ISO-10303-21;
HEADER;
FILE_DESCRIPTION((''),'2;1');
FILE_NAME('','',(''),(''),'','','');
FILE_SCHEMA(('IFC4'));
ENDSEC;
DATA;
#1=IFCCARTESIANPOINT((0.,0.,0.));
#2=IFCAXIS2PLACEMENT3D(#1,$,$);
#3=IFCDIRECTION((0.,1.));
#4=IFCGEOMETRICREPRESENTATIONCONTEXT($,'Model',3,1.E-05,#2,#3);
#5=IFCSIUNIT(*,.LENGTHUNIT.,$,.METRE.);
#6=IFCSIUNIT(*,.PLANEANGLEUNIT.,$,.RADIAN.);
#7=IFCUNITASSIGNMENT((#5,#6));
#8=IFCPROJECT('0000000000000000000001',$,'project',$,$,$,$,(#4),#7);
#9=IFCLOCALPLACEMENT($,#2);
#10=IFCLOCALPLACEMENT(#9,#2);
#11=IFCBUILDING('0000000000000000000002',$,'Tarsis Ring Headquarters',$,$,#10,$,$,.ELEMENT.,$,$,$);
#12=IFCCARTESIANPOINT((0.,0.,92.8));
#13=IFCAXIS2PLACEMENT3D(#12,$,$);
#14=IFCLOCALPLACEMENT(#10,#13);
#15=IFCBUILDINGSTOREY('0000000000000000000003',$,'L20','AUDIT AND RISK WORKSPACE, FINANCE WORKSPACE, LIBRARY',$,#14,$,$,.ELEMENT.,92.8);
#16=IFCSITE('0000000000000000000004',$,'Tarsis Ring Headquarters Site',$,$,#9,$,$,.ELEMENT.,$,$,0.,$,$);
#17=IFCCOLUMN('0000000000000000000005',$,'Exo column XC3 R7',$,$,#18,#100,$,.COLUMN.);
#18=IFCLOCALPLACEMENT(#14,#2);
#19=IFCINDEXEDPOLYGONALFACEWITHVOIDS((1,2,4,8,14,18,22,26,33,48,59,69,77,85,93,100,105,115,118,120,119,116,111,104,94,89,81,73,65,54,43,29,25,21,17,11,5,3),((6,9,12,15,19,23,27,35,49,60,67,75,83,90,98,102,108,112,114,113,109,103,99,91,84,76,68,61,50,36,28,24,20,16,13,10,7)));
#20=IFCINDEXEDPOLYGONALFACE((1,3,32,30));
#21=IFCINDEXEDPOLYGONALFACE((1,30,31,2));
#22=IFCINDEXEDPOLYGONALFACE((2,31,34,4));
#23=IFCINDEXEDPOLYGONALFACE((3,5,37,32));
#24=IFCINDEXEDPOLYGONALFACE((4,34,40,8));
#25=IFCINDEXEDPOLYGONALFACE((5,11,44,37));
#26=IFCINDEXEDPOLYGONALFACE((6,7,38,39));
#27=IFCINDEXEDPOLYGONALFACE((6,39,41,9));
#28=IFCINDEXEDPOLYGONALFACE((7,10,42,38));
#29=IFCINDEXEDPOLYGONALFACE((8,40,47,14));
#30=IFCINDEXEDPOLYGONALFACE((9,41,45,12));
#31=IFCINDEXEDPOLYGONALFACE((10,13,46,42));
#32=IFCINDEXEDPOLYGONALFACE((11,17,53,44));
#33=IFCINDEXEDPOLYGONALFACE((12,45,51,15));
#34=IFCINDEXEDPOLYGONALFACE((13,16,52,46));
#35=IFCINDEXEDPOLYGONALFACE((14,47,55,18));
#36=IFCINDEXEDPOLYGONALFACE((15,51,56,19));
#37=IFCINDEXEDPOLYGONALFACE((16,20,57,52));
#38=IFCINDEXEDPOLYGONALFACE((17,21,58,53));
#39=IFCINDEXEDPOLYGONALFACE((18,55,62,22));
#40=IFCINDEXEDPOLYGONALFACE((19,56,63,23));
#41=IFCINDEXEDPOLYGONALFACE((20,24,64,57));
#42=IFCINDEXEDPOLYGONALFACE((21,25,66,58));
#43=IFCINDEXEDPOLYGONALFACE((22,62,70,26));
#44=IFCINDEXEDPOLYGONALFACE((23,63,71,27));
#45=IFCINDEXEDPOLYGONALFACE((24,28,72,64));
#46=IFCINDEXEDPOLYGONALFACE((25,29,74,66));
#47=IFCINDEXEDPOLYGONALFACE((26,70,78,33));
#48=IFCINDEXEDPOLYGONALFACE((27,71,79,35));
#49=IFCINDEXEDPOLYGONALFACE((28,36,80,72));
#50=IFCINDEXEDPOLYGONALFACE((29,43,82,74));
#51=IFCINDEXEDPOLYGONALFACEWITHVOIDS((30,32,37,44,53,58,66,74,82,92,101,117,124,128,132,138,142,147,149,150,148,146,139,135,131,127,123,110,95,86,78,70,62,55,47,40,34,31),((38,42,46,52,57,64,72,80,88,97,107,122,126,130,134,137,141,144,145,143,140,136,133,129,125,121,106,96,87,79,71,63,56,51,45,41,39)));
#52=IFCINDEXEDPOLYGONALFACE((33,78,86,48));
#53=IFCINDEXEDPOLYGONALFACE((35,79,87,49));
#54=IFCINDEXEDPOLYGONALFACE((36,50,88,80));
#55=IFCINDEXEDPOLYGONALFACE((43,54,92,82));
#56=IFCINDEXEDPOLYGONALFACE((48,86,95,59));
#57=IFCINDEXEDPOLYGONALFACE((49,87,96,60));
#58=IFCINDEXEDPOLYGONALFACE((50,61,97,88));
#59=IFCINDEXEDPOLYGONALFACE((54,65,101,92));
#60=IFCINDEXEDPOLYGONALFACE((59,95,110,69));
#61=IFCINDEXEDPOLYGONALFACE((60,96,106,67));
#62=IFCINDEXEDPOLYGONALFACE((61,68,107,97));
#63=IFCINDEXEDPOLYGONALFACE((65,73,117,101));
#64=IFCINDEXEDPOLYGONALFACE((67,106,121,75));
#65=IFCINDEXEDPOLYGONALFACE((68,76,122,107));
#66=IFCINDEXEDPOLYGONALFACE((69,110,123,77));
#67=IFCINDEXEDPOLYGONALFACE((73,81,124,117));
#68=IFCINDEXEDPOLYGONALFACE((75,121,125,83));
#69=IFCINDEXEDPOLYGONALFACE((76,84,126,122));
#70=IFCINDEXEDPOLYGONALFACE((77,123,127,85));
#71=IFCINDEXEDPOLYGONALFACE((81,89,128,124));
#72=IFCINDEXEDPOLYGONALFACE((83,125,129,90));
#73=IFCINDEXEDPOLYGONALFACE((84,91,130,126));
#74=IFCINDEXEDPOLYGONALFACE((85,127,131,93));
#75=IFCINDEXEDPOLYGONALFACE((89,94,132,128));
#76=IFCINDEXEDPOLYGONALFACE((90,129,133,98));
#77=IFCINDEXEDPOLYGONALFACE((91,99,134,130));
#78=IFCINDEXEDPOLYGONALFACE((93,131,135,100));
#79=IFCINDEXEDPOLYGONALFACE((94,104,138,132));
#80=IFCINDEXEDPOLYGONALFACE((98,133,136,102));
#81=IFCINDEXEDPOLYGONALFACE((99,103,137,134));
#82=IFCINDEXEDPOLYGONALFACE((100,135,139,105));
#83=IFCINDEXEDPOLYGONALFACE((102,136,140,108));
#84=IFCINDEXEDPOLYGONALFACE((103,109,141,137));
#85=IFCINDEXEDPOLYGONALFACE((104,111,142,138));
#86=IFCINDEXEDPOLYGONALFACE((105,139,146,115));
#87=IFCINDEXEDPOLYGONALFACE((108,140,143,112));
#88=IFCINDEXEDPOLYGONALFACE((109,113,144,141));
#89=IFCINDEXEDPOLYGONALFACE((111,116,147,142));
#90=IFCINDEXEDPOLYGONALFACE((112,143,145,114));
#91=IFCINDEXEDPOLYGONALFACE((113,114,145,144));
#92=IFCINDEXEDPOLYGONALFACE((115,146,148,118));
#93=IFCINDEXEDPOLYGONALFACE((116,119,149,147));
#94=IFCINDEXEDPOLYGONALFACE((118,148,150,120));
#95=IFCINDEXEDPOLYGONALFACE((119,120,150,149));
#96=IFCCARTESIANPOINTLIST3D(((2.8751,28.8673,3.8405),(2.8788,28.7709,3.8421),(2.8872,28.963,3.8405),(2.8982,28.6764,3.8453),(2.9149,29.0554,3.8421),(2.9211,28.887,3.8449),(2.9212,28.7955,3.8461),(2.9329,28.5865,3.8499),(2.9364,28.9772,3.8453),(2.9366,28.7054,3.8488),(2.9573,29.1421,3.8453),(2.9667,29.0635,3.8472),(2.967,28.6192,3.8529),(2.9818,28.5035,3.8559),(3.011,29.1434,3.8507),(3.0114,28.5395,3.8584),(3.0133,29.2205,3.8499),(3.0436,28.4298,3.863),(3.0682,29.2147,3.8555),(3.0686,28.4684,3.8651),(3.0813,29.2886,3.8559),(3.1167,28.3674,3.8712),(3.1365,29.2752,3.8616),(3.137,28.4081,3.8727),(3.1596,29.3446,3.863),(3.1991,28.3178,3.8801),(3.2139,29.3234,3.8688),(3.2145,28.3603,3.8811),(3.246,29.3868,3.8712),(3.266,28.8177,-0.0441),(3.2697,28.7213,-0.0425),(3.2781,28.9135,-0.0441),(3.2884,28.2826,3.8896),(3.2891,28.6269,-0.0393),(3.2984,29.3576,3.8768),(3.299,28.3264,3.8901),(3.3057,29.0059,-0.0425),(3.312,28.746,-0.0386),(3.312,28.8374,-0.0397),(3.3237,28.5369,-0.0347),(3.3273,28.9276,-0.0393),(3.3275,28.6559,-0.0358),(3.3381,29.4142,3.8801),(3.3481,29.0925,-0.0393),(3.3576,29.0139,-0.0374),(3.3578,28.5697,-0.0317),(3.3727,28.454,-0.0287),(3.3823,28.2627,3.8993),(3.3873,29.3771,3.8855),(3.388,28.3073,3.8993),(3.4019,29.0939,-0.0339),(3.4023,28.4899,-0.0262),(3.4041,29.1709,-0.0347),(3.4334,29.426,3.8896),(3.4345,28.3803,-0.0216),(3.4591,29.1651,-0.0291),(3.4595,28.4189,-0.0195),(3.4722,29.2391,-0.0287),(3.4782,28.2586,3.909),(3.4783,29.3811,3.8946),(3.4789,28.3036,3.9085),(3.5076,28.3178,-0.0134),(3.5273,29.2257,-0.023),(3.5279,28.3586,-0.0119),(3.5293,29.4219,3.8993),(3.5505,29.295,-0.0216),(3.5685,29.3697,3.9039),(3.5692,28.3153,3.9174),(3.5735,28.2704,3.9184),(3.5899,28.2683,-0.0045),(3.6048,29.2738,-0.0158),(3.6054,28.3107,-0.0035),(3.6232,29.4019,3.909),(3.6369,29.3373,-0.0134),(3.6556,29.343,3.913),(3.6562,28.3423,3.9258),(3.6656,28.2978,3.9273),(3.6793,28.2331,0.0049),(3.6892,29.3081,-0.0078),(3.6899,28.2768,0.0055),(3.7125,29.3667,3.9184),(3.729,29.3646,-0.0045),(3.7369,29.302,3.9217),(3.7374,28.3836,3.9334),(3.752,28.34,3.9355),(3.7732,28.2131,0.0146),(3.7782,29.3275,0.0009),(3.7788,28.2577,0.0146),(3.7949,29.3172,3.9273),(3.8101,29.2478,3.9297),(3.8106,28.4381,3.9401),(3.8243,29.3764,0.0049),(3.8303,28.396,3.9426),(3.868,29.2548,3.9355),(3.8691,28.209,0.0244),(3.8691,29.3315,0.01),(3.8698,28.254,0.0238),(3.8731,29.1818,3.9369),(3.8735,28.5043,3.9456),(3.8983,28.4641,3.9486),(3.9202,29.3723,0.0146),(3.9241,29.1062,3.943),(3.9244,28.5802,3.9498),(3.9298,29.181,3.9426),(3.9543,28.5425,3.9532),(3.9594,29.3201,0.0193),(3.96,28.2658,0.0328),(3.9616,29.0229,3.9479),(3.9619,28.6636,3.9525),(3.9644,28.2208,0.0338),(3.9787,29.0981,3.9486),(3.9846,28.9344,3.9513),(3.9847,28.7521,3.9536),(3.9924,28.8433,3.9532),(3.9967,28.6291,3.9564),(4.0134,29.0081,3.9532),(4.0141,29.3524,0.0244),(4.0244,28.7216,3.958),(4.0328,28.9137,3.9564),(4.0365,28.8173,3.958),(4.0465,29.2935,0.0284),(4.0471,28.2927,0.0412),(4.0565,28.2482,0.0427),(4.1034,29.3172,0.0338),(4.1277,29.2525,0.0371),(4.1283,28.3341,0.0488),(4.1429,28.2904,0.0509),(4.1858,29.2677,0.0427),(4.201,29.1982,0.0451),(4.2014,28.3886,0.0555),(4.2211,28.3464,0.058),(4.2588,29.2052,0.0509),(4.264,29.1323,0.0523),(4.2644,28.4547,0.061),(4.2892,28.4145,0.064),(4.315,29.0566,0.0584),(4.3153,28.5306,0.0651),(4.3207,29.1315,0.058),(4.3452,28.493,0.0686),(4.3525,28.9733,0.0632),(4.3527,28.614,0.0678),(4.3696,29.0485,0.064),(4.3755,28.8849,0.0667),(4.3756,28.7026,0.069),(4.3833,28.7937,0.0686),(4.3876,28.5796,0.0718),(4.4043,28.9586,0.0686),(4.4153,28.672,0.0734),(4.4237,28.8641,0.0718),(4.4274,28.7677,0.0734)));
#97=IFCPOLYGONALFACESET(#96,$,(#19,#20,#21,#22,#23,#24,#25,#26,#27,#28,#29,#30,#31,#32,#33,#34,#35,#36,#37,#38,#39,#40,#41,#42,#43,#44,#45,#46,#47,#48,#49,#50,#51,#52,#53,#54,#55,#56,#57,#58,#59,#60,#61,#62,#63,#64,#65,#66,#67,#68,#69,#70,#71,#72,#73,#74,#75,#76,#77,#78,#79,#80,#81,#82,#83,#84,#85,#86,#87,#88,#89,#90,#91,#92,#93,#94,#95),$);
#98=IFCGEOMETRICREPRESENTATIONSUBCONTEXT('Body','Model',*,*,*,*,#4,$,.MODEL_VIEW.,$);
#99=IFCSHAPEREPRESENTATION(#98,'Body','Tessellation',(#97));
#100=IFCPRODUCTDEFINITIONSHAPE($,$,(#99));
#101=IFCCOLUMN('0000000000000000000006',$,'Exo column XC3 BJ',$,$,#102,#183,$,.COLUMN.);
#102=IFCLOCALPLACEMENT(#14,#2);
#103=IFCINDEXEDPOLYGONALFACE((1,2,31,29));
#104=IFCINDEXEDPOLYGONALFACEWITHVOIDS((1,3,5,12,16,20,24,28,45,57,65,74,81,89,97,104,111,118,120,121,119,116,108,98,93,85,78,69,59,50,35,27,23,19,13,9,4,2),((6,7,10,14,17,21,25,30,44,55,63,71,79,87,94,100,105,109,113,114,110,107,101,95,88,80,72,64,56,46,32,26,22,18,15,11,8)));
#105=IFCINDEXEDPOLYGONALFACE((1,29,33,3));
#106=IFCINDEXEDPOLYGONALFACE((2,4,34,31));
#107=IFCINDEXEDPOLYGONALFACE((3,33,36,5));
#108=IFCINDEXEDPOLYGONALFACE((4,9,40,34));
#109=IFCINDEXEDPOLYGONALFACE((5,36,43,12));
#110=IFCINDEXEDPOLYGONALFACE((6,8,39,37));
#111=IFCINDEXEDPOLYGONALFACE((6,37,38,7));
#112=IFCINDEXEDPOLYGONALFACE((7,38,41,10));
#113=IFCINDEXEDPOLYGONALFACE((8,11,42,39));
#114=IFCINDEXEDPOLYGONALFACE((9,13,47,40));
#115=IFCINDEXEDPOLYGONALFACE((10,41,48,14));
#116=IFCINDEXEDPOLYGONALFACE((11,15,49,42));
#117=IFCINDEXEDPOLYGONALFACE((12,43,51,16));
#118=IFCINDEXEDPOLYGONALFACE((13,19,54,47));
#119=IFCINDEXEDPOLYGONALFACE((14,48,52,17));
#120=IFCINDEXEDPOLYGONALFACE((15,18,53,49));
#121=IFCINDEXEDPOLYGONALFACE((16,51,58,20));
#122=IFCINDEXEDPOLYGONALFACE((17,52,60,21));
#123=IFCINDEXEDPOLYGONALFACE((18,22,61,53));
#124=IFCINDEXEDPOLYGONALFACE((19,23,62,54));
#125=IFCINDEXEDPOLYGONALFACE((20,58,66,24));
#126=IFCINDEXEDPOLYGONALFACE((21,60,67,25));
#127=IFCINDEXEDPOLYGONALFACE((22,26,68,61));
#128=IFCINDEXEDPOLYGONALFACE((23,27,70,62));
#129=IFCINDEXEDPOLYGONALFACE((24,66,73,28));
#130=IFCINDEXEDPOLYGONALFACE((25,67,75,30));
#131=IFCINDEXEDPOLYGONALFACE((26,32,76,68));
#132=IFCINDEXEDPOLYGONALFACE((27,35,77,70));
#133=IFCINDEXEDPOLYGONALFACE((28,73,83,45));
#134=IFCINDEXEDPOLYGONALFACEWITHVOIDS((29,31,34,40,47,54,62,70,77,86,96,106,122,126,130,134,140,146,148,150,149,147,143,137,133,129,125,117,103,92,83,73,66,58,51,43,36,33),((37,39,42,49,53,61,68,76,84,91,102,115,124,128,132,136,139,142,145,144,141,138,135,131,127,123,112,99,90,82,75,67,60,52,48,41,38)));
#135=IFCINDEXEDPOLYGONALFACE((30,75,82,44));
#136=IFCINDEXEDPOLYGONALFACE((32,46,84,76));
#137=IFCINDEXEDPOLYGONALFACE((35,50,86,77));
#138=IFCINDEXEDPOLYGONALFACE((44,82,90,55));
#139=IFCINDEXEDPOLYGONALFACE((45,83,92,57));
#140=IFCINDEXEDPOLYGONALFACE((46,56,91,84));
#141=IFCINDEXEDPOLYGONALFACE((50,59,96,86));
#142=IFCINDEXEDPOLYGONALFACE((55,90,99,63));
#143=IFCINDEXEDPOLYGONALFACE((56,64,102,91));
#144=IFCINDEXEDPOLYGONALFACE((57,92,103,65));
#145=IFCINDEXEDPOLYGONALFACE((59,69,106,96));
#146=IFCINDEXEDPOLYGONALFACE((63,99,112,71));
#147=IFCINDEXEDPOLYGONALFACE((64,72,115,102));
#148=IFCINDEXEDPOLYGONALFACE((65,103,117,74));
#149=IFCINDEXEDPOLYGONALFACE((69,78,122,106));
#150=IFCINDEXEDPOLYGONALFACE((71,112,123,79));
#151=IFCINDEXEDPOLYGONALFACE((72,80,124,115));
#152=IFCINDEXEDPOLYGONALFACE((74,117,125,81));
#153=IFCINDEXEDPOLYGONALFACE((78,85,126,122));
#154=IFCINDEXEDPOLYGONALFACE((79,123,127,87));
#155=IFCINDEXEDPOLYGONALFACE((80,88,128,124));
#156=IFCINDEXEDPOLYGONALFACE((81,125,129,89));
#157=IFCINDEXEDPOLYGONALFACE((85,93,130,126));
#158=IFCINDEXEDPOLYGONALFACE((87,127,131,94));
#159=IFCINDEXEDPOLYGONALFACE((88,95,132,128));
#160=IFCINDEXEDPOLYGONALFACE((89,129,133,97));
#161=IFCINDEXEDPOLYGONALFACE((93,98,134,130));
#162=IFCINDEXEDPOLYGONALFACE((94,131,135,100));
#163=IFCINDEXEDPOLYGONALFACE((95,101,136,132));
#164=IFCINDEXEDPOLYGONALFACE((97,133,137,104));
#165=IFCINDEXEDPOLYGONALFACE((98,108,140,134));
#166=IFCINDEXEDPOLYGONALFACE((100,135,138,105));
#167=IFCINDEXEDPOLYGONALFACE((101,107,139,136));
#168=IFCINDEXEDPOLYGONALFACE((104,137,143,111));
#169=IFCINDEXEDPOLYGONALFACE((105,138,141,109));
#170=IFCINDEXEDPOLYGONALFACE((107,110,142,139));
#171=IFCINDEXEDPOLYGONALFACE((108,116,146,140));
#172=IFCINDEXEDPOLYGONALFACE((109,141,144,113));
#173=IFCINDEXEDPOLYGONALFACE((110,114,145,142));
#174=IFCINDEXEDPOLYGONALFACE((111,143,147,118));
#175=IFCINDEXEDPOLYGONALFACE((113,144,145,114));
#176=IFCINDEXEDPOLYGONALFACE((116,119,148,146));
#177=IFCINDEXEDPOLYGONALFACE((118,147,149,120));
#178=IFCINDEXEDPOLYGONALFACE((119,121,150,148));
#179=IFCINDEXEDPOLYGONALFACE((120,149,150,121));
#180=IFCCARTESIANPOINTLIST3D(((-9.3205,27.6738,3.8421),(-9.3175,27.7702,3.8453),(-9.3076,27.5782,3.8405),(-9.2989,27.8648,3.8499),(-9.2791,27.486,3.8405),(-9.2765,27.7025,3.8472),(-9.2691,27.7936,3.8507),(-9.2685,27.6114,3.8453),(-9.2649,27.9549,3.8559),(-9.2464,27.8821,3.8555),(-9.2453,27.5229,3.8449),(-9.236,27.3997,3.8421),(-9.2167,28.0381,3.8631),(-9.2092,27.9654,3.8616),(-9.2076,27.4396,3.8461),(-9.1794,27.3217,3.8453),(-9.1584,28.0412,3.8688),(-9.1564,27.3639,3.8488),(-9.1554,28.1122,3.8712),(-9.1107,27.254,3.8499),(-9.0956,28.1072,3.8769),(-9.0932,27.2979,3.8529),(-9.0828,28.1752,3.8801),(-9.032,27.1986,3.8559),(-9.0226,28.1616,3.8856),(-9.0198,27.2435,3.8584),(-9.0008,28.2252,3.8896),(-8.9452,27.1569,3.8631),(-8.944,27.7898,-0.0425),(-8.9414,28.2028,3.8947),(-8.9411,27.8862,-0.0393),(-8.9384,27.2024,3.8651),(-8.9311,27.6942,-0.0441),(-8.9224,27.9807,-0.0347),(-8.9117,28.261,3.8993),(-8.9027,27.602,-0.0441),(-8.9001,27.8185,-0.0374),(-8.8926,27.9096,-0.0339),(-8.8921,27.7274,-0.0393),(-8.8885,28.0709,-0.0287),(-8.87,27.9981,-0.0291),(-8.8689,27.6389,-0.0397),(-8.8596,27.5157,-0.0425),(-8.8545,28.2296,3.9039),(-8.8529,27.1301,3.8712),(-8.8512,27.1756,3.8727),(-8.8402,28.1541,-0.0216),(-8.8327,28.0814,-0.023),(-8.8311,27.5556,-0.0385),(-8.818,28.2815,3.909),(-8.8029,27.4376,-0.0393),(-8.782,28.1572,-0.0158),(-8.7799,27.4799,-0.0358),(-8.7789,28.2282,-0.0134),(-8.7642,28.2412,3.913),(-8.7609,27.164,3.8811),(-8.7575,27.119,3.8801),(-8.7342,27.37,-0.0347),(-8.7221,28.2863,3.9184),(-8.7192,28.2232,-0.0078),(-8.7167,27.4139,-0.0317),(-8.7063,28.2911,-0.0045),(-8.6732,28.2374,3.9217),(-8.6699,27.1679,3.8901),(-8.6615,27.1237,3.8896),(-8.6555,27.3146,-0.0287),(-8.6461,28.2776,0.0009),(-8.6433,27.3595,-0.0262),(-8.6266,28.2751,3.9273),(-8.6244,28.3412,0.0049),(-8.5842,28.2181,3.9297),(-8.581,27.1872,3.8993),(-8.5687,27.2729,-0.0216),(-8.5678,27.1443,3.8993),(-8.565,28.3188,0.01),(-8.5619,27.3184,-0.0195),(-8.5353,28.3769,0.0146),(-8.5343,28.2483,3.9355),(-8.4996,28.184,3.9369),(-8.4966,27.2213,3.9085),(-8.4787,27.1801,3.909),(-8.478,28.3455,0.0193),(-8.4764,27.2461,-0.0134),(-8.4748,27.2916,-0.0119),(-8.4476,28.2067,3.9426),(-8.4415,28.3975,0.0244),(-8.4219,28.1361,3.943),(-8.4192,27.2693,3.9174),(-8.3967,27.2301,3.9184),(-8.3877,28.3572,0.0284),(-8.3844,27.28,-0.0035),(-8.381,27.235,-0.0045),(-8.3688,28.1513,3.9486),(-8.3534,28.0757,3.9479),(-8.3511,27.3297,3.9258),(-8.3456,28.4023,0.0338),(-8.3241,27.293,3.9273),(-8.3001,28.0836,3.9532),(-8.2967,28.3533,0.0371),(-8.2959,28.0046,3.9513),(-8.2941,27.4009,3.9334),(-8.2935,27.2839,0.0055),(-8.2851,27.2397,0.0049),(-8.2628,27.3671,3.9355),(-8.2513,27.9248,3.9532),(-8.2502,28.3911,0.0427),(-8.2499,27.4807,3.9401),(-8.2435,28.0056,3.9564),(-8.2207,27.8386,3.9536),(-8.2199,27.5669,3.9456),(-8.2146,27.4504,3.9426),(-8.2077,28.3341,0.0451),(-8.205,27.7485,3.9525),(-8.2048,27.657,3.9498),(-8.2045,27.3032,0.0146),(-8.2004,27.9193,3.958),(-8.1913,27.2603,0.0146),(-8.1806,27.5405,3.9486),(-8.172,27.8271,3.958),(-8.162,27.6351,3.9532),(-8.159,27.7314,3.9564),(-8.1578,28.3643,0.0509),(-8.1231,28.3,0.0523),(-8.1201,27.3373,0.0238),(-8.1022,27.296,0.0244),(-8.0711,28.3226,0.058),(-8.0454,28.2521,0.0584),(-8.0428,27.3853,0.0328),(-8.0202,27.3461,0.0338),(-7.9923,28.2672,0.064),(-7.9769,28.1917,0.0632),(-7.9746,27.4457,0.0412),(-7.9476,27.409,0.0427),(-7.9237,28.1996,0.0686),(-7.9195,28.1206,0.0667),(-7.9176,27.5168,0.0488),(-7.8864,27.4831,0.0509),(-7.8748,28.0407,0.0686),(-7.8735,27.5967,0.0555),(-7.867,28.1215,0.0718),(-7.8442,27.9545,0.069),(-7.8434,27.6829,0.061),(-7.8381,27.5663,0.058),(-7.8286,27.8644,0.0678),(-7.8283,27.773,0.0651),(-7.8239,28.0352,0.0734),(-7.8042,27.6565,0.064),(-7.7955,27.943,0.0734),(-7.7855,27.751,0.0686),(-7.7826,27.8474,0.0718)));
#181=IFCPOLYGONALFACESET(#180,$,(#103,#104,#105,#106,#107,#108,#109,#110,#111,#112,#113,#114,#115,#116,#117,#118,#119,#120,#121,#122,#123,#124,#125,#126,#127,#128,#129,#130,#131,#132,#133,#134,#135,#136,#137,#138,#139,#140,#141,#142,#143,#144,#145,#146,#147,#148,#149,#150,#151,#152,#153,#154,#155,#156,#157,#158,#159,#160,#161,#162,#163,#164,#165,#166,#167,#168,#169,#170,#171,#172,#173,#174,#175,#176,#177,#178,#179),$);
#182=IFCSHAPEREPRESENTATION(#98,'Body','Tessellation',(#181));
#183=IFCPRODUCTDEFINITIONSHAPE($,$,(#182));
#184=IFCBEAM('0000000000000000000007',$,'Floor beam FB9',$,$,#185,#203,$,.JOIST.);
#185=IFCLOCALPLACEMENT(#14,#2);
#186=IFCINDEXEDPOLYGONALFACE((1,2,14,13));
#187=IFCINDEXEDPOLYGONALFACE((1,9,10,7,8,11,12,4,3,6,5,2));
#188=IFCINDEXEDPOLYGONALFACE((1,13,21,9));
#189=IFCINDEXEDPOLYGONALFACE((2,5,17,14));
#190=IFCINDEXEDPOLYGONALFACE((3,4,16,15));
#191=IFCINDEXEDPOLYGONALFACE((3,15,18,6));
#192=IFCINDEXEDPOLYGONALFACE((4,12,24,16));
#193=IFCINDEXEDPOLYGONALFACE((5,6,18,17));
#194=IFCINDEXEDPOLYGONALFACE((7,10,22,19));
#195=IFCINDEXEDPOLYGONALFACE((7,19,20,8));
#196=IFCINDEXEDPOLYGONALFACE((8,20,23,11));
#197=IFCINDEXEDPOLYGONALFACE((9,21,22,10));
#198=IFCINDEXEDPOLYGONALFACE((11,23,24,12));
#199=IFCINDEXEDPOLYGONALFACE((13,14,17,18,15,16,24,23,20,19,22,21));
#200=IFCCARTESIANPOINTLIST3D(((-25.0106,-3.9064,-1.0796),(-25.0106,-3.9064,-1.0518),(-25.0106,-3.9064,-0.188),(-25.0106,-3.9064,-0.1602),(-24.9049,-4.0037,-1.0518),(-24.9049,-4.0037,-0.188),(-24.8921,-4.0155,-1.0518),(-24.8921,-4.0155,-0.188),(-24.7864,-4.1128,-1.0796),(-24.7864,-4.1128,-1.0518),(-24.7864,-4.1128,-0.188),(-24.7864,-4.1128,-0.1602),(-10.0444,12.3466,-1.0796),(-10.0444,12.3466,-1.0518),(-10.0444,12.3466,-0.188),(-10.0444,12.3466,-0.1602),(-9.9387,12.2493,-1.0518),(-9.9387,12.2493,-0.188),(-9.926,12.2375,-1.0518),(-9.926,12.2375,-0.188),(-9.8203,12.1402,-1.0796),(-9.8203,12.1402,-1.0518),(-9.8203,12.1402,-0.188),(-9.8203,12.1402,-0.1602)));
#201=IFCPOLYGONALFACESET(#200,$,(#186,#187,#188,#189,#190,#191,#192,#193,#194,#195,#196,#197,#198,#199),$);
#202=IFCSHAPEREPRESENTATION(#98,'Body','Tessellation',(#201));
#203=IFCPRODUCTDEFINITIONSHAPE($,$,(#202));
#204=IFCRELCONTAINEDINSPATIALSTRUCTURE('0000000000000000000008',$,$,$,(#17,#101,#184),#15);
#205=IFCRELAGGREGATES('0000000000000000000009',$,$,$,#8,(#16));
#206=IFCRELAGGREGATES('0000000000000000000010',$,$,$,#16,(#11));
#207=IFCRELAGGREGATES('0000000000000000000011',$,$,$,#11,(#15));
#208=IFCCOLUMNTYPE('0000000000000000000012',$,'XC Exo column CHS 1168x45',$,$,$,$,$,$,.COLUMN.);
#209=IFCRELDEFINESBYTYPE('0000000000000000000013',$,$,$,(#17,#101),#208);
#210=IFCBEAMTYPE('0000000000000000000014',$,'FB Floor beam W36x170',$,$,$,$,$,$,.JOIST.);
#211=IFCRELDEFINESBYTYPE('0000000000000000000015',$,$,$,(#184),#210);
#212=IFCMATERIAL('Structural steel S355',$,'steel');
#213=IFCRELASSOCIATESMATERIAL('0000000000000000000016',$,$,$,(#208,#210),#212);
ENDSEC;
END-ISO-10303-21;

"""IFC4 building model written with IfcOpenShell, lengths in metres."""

from ifc_helpers import new_model, si_unit, direction, frame, origin, origin_2d, place, context, subcontext, project, spatial, hollow_circle, i_section, extrude, material, material_profile, profile_set, type_object, element, save


model = new_model("IFC4")

# Units and contexts
model_context = context("Model", 3, precision=1e-05, world=origin(), true_north=direction((0.0, 1.0)))
body_context = subcontext(model_context, "Body", "Model", "MODEL_VIEW")
ifc_project = project(units=[si_unit("LENGTHUNIT", "METRE"), si_unit("PLANEANGLEUNIT", "RADIAN")], contexts=[model_context])

# Site, building, storey
site_placement = place(None, origin())
site = spatial("IfcSite", under=ifc_project, at=site_placement, Name="Tarsis Ring Headquarters Site", CompositionType="ELEMENT", RefElevation=0.0)
building_placement = place(site_placement, origin())
building = spatial("IfcBuilding", under=site, at=building_placement, Name="Tarsis Ring Headquarters", CompositionType="ELEMENT")
storey_placement = place(building_placement, frame((0.0, 0.0, 92.8)))
storey = spatial("IfcBuildingStorey", under=building, at=storey_placement, Name="L20", Description="AUDIT AND RISK WORKSPACE, FINANCE WORKSPACE, LIBRARY", CompositionType="ELEMENT", Elevation=92.8)

# Columns
ifc_material_1 = material(Name="Structural steel S355", Category="steel")
ifc_material_profile_1 = material_profile(ifc_material_1, hollow_circle(Radius=0.5842, WallThickness=0.0449, at=origin_2d()), Name="CHS 1168x45")
ifc_profile_set_1 = profile_set([ifc_material_profile_1], Name="Structural steel S355")
column_type = type_object("IfcColumnType", Name="XC Exo column CHS 1168x45", PredefinedType="COLUMN", material=ifc_profile_set_1)
for number, where, z_axis, x_axis, name in (
    (1, (3.8467, 28.7927, 0.0146), (-0.100109, 0.012693, 0.994896), (-0.125789, -0.992057, 0.0), "Exo column XC3 R7"),
    (2, (-8.3633, 27.8186, 0.0146), (-0.09642, -0.029701, 0.994898), (0.294391, -0.955685, 0.0), "Exo column XC3 BJ"),
):
    element("IfcColumn", number, at=place(storey_placement, frame(where, z_axis=z_axis, x_axis=x_axis)), inside=storey, type_object=column_type, Name=name, PredefinedType="COLUMN", context=body_context, shape_type="SweptSolid", body=[
        extrude(hollow_circle(Radius=0.5842, WallThickness=0.0449, at=origin_2d()), origin(), (0.0, 0.0, 1.0), 3.9045),
    ])

# Beam
ifc_material_profile_2 = material_profile(ifc_material_1, i_section(OverallWidth=0.3047, OverallDepth=0.9194, WebThickness=0.0173, FlangeThickness=0.0278, at=origin_2d()), Name="W36x170")
ifc_profile_set_2 = profile_set([ifc_material_profile_2], Name="Structural steel S355")
beam_type_1 = type_object("IfcBeamType", Name="FB Floor beam W36x170", PredefinedType="JOIST", material=ifc_profile_set_2)
beam_1_placement = place(storey_placement, frame((-9.9324, 12.2434, -0.6199), z_axis=(-0.677384, -0.735629, 0.0), x_axis=(0.735629, -0.677384, 0.0)))
element("IfcBeam", 3, at=beam_1_placement, inside=storey, type_object=beam_type_1, Name="Floor beam FB9", PredefinedType="JOIST", context=body_context, shape_type="SweptSolid", body=[
    extrude(i_section(OverallWidth=0.3047, OverallDepth=0.9194, WebThickness=0.0173, FlangeThickness=0.0278, at=origin_2d()), origin(), (0.0, 0.0, 1.0), 22.094),
])

save(model, "model.ifc")
